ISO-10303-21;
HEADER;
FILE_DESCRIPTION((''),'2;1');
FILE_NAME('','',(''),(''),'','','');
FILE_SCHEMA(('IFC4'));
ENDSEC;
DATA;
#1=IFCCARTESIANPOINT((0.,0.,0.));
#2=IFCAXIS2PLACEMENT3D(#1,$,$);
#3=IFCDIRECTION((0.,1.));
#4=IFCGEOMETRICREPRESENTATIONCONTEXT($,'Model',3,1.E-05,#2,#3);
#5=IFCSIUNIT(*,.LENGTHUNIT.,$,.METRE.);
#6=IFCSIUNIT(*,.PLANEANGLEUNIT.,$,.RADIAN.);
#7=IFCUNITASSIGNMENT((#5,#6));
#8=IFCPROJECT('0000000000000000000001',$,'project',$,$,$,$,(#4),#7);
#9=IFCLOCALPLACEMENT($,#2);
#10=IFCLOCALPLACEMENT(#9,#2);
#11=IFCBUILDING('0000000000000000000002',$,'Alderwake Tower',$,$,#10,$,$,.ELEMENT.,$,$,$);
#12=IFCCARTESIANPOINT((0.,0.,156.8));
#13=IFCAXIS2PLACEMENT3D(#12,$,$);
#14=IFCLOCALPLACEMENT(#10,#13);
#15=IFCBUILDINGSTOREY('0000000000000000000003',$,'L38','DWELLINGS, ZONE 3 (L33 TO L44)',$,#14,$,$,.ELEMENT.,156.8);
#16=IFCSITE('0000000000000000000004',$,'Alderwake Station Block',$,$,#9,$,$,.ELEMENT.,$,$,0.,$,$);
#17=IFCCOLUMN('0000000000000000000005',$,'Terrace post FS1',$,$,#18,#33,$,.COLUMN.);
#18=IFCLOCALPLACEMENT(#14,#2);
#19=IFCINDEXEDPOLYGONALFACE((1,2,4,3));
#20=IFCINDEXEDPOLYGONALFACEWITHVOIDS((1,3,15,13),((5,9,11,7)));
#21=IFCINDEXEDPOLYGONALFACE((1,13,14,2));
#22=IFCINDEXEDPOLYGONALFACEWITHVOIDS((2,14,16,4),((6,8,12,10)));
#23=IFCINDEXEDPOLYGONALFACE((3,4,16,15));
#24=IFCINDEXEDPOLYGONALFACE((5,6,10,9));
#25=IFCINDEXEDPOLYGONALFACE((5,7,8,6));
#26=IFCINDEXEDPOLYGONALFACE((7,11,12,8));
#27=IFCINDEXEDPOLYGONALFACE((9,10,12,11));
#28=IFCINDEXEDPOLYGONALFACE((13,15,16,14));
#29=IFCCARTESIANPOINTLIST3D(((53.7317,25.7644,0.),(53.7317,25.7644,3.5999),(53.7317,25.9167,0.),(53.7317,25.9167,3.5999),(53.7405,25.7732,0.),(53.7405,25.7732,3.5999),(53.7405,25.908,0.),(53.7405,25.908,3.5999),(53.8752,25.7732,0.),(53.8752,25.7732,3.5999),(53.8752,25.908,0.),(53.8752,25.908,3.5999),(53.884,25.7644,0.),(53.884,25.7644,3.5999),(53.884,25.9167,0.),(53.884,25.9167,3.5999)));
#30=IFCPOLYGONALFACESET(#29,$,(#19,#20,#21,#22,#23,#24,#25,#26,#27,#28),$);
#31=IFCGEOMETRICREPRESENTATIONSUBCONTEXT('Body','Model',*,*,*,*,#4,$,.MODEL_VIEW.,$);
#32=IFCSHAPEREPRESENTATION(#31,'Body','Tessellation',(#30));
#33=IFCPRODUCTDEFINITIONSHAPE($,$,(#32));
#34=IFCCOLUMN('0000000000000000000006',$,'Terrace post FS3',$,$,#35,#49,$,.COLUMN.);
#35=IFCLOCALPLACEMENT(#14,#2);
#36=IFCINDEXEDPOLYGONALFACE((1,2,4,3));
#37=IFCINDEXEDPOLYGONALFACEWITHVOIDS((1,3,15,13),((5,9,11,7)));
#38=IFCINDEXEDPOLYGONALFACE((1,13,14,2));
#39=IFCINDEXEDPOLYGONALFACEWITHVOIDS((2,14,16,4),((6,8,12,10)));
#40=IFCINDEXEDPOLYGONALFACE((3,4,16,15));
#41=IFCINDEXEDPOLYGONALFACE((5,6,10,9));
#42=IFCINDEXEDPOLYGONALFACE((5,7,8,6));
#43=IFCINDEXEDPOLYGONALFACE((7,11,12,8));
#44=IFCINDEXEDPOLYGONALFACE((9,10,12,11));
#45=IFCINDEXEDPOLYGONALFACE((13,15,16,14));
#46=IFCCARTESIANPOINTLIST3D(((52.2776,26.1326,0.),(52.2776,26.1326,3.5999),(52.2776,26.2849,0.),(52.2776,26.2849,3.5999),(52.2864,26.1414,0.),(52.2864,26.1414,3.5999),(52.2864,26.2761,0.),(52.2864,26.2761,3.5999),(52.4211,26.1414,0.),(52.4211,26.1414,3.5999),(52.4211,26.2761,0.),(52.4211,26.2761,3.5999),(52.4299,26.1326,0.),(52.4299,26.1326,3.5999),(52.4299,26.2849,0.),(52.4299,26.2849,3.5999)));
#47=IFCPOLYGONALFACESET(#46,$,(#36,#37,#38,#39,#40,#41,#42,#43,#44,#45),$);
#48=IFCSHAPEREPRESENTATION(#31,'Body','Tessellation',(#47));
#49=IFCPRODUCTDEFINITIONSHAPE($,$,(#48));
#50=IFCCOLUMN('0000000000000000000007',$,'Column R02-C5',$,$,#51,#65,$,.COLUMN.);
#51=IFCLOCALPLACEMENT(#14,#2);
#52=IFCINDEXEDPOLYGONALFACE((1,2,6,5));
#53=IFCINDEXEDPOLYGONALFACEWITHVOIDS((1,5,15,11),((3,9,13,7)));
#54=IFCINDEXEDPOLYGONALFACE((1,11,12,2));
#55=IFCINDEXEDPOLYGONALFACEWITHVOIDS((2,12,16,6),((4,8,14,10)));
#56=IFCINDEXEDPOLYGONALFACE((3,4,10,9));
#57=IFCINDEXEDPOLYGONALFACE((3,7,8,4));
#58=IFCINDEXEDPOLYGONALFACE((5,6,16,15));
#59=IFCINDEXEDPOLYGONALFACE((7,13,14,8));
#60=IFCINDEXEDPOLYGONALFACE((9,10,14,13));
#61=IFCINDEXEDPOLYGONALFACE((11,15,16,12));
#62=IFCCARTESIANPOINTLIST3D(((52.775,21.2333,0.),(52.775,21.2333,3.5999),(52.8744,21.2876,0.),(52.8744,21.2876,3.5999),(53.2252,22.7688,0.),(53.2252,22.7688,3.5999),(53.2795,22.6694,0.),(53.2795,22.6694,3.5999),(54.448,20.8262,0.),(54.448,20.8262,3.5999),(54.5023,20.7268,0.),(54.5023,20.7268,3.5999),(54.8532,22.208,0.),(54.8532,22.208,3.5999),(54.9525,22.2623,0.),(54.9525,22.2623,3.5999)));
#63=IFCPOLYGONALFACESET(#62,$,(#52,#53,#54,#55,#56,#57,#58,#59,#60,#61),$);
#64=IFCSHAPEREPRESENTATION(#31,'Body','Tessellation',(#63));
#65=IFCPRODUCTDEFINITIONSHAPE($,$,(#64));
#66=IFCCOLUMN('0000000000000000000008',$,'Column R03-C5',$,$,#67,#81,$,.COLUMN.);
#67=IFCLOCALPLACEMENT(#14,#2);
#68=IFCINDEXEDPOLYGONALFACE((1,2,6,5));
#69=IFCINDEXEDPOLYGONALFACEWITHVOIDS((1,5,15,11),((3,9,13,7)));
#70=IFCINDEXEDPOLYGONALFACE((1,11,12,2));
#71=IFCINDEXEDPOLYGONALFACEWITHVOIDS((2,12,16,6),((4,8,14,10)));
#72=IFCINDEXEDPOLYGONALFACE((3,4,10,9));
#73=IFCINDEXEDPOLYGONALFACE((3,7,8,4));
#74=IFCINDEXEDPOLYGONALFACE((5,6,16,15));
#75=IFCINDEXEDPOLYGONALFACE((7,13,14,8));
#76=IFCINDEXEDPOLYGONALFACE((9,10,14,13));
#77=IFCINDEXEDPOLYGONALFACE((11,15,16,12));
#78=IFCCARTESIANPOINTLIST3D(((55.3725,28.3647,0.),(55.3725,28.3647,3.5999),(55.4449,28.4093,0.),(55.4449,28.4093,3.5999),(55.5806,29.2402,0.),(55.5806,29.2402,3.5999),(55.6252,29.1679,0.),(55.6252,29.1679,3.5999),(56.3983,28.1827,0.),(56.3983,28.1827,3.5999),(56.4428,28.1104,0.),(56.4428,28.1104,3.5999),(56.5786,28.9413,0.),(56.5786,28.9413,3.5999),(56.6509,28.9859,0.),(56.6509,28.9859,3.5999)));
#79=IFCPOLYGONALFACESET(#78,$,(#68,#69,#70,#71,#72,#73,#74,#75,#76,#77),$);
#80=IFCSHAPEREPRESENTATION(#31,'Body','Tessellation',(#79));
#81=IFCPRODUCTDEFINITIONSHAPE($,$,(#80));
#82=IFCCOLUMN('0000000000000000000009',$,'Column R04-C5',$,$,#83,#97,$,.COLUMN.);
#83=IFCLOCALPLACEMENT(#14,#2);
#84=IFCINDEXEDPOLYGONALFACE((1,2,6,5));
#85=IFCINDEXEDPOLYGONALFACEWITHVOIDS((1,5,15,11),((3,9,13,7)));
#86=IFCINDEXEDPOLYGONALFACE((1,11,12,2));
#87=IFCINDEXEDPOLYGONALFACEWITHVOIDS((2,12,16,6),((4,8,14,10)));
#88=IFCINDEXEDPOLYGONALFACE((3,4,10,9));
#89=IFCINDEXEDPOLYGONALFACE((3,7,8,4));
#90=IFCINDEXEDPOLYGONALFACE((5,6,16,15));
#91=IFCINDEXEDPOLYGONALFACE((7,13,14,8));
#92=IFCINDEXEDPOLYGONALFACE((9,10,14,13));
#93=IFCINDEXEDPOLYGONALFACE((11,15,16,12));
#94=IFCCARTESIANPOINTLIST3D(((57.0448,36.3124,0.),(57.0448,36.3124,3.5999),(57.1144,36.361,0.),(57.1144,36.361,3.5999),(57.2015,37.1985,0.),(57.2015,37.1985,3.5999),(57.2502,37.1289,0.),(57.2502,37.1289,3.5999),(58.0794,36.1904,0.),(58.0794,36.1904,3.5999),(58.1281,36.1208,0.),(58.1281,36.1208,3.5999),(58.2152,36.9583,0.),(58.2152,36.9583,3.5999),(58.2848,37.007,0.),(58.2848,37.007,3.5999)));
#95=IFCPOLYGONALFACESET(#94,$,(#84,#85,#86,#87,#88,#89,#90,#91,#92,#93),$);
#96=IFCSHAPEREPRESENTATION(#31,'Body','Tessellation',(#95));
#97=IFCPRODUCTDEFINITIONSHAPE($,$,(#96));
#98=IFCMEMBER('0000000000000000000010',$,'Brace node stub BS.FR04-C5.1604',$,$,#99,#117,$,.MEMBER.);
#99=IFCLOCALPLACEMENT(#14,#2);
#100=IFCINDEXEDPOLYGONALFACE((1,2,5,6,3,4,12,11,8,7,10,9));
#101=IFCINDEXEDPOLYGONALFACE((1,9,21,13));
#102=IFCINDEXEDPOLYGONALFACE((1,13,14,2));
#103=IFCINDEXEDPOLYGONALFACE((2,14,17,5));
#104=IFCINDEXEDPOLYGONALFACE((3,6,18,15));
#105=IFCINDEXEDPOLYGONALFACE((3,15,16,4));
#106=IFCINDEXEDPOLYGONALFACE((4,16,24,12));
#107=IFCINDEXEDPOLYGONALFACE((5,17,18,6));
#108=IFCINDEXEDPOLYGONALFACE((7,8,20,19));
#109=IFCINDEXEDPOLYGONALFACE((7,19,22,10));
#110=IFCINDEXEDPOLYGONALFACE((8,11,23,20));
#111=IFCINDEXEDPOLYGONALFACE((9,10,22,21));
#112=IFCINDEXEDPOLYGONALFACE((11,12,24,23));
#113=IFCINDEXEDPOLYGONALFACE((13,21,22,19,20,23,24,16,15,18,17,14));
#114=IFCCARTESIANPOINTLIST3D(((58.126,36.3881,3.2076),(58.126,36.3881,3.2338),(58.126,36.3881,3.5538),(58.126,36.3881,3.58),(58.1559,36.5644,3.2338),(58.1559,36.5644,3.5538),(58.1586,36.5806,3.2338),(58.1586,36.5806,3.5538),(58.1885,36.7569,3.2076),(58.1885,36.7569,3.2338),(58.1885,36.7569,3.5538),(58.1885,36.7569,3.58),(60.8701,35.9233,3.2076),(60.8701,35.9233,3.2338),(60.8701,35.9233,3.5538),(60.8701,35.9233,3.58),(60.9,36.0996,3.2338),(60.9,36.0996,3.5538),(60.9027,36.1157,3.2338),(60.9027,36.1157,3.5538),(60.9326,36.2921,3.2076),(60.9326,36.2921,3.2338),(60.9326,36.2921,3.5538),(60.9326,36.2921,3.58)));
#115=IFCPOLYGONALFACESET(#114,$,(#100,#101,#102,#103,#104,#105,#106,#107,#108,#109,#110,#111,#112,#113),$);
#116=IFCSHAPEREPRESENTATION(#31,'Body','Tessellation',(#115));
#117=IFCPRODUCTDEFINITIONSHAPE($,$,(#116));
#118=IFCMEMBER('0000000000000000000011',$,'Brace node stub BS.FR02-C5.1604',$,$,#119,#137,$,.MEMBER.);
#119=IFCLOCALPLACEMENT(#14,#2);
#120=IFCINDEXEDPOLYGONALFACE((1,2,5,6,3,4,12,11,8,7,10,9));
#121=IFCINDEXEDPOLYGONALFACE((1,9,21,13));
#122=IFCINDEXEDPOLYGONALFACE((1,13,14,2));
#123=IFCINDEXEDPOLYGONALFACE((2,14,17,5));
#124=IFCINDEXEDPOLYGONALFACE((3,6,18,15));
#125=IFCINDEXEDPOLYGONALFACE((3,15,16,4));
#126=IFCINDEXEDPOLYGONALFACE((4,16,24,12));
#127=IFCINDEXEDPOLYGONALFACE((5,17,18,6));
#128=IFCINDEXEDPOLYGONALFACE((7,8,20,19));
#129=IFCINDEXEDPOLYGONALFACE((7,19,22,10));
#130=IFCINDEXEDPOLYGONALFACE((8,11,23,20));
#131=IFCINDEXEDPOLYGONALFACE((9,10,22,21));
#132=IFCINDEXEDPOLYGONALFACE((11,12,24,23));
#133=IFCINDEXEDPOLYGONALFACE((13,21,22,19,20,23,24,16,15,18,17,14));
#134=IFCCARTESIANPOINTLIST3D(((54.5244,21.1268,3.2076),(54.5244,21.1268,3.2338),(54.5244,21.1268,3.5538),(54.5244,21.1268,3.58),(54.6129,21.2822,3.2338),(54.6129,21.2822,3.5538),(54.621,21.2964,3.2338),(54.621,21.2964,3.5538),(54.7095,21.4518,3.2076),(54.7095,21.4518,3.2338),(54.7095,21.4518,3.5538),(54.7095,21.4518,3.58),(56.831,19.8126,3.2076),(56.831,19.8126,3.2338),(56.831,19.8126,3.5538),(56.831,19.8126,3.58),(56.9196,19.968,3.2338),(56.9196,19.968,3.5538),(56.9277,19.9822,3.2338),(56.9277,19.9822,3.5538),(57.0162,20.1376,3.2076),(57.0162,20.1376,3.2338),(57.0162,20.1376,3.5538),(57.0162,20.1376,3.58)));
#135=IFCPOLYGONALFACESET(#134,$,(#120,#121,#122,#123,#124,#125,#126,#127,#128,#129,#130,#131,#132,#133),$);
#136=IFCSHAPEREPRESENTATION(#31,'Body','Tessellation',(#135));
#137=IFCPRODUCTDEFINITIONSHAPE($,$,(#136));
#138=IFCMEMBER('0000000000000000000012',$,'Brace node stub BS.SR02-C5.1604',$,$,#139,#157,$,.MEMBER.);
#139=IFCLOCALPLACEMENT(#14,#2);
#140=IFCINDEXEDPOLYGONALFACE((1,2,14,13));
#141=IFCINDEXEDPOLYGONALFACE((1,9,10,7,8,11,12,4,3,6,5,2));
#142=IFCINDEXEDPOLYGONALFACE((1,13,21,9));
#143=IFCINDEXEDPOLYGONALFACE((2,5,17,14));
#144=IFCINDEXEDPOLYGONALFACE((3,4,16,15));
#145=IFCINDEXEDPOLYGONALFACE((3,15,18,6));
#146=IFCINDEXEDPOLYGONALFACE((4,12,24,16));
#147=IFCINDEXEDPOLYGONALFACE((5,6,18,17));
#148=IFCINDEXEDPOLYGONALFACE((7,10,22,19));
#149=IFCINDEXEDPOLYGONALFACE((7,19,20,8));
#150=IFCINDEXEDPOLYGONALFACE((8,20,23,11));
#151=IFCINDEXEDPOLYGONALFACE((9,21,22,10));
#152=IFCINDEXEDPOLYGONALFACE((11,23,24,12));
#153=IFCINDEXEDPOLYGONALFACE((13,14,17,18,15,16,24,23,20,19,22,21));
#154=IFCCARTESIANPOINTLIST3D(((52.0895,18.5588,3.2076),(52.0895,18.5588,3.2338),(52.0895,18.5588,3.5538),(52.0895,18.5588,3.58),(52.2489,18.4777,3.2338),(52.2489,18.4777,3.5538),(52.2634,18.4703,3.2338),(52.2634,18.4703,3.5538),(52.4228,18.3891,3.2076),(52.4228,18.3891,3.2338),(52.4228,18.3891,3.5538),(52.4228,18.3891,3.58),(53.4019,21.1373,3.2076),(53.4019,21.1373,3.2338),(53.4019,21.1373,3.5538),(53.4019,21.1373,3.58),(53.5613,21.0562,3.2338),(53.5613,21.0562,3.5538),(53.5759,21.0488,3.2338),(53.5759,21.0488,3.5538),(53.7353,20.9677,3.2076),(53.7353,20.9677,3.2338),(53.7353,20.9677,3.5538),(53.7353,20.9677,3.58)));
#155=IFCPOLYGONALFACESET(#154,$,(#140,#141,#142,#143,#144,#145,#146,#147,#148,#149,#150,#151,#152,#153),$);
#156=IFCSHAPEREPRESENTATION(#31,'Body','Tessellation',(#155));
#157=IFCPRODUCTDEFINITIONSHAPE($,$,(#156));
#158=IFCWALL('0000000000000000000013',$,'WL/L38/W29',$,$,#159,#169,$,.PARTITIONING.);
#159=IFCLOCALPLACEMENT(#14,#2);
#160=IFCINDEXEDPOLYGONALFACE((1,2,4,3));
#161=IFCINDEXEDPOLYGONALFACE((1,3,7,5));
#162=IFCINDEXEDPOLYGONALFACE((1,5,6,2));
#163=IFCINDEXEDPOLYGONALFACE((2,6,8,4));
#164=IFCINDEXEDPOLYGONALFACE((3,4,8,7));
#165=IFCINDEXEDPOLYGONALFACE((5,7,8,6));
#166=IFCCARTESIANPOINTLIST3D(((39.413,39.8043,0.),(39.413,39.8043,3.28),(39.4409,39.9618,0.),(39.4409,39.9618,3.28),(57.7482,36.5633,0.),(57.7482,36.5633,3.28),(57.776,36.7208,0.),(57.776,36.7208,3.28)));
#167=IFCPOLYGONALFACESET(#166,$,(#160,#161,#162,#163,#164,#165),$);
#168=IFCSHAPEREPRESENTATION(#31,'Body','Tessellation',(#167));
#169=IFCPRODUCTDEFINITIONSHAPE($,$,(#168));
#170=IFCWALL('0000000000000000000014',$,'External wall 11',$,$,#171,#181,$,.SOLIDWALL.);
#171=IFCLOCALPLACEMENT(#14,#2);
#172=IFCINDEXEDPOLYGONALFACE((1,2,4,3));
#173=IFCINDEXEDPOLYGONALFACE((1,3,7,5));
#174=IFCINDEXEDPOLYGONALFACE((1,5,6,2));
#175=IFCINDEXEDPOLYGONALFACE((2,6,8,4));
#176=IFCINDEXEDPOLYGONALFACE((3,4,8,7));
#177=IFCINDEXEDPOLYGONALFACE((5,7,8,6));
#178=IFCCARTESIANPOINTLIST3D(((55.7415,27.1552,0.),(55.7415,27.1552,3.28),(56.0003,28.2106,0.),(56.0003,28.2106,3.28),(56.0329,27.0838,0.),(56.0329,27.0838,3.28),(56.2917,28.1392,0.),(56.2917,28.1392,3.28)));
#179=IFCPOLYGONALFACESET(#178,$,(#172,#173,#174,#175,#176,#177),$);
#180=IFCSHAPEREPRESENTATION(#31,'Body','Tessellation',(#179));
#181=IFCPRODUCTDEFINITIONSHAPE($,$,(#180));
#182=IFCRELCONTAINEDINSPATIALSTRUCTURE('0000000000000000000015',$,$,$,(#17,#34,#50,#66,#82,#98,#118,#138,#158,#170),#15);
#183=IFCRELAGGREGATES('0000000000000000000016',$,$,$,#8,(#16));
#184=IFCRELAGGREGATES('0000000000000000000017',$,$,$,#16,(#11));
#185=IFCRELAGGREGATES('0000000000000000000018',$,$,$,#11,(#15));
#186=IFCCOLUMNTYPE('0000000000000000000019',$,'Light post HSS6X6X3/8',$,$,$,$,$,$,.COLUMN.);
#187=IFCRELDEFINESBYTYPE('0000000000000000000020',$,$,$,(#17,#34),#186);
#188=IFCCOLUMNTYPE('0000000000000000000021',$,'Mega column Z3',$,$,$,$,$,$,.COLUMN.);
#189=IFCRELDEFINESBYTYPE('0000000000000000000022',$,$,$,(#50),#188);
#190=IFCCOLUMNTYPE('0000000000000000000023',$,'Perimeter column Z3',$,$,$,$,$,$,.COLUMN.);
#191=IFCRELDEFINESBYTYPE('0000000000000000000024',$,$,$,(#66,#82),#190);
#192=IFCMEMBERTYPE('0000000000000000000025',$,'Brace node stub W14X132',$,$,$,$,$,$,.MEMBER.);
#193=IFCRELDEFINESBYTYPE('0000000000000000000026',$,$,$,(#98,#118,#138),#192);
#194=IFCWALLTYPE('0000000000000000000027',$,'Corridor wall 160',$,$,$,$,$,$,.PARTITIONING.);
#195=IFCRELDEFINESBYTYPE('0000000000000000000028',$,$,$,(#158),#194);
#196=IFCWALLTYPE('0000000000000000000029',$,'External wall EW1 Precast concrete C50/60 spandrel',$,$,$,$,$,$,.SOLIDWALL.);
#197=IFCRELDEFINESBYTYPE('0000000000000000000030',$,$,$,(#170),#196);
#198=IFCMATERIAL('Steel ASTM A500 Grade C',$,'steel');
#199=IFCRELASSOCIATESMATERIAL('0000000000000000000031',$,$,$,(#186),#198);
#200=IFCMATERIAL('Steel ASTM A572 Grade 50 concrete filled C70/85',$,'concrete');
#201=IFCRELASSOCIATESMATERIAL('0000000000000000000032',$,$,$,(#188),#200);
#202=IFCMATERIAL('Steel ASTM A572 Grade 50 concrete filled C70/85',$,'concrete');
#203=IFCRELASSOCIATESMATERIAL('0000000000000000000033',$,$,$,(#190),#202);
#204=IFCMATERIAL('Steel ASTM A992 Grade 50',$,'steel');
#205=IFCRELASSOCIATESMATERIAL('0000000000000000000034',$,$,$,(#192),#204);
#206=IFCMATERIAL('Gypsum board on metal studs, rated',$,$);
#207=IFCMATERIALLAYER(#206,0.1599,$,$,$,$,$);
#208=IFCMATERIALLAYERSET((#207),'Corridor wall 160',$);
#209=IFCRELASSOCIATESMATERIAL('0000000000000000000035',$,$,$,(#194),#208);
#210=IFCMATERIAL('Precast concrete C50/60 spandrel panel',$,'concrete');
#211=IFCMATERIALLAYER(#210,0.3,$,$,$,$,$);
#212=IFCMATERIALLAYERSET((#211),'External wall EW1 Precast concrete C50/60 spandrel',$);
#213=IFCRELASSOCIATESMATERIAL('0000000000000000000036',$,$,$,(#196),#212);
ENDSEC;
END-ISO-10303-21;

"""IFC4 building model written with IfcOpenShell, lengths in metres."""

from ifc_helpers import new_model, si_unit, direction, frame, frame_2d, origin, origin_2d, place, context, subcontext, project, spatial, rectangle, hollow_rectangle, i_section, extrude, material, layer, layer_set, material_profile, profile_set, type_object, element, save


model = new_model("IFC4")

# Units and contexts
model_context = context("Model", 3, precision=1e-05, world=origin(), true_north=direction((0.0, 1.0)))
body_context = subcontext(model_context, "Body", "Model", "MODEL_VIEW")
ifc_project = project(units=[si_unit("LENGTHUNIT", "METRE"), si_unit("PLANEANGLEUNIT", "RADIAN")], contexts=[model_context])

# Site, building, storey
site_placement = place(None, origin())
site = spatial("IfcSite", under=ifc_project, at=site_placement, Name="Alderwake Station Block", CompositionType="ELEMENT", RefElevation=0.0)
building_placement = place(site_placement, origin())
building = spatial("IfcBuilding", under=site, at=building_placement, Name="Alderwake Tower", CompositionType="ELEMENT")
storey_placement = place(building_placement, frame((0.0, 0.0, 156.8)))
storey = spatial("IfcBuildingStorey", under=building, at=storey_placement, Name="L38", Description="DWELLINGS, ZONE 3 (L33 TO L44)", CompositionType="ELEMENT", Elevation=156.8)

# Columns
ifc_material_1 = material(Name="Steel ASTM A500 Grade C", Category="steel")
ifc_material_profile_1 = material_profile(ifc_material_1, hollow_rectangle(XDim=0.1523, YDim=0.1523, WallThickness=0.0088, at=origin_2d()), Name="HSS6X6X3/8")
ifc_profile_set_1 = profile_set([ifc_material_profile_1], Name="Steel ASTM A500 Grade C")
column_type_1 = type_object("IfcColumnType", Name="Light post HSS6X6X3/8", PredefinedType="COLUMN", material=ifc_profile_set_1)
for number, where, z_axis, x_axis, name in (
    (1, (53.8079, 25.8406, 0.0), (0.0, 0.0, 1.0), (1.0, 0.0, 0.0), "Terrace post FS1"),
    (2, (52.3538, 26.2087, 0.0), (0.0, 0.0, 1.0), (1.0, 0.0, 0.0), "Terrace post FS3"),
):
    element("IfcColumn", number, at=place(storey_placement, frame(where, z_axis=z_axis, x_axis=x_axis)), inside=storey, type_object=column_type_1, Name=name, PredefinedType="COLUMN", context=body_context, shape_type="SweptSolid", body=[
        extrude(hollow_rectangle(XDim=0.1523, YDim=0.1523, WallThickness=0.0088, at=origin_2d()), origin(), (0.0, 0.0, 1.0), 3.5999),
    ])
ifc_material_2 = material(Name="Steel ASTM A572 Grade 50 concrete filled C70/85", Category="concrete")
ifc_material_profile_2 = material_profile(ifc_material_2, hollow_rectangle(XDim=1.6001, YDim=1.8, WallThickness=0.0801, at=origin_2d()), Name="BOX 1800X1600X80")
ifc_profile_set_2 = profile_set([ifc_material_profile_2], Name="Steel ASTM A572 Grade 50 concrete filled C70/85")
column_type_2 = type_object("IfcColumnType", Name="Mega column Z3", PredefinedType="COLUMN", material=ifc_profile_set_2)
column_placement = place(storey_placement, frame((53.8638, 21.7478, 0.0), z_axis=(0.0, 0.0, 1.0), x_axis=(0.281377, 0.959597, 0.0)))
element("IfcColumn", 3, at=column_placement, inside=storey, type_object=column_type_2, Name="Column R02-C5", PredefinedType="COLUMN", context=body_context, shape_type="SweptSolid", body=[
    extrude(hollow_rectangle(XDim=1.6001, YDim=1.8, WallThickness=0.0801, at=origin_2d()), origin(), (0.0, 0.0, 1.0), 3.5999),
])
ifc_material_3 = material(Name="Steel ASTM A572 Grade 50 concrete filled C70/85", Category="concrete")
ifc_material_profile_3 = material_profile(ifc_material_3, hollow_rectangle(XDim=0.8999, YDim=1.1001, WallThickness=0.0601, at=origin_2d()), Name="BOX 1100X900X60")
ifc_profile_set_3 = profile_set([ifc_material_profile_3], Name="Steel ASTM A572 Grade 50 concrete filled C70/85")
column_type_3 = type_object("IfcColumnType", Name="Perimeter column Z3", PredefinedType="COLUMN", material=ifc_profile_set_3)
for number, where, z_axis, x_axis, name in (
    (4, (56.0117, 28.6753, 0.0), (0.0, 0.0, 1.0), (0.231222, 0.972901, 0.0), "Column R03-C5"),
    (5, (57.6648, 36.6597, 0.0), (0.0, 0.0, 1.0), (0.174109, 0.984726, 0.0), "Column R04-C5"),
):
    element("IfcColumn", number, at=place(storey_placement, frame(where, z_axis=z_axis, x_axis=x_axis)), inside=storey, type_object=column_type_3, Name=name, PredefinedType="COLUMN", context=body_context, shape_type="SweptSolid", body=[
        extrude(hollow_rectangle(XDim=0.8999, YDim=1.1001, WallThickness=0.0601, at=origin_2d()), origin(), (0.0, 0.0, 1.0), 3.5999),
    ])

# Members
ifc_material_4 = material(Name="Steel ASTM A992 Grade 50", Category="steel")
ifc_material_profile_4 = material_profile(ifc_material_4, i_section(OverallWidth=0.374, OverallDepth=0.3723, WebThickness=0.0164, FlangeThickness=0.0261, at=origin_2d()), Name="W14X132")
ifc_profile_set_4 = profile_set([ifc_material_profile_4], Name="Steel ASTM A992 Grade 50")
member_type = type_object("IfcMemberType", Name="Brace node stub W14X132", PredefinedType="MEMBER", material=ifc_profile_set_4)
member_1_placement = place(storey_placement, frame((58.1572, 36.5725, 3.3938), z_axis=(0.985954, -0.167016, 0.0), x_axis=(0.167016, 0.985954, 0.0)))
element("IfcMember", 6, at=member_1_placement, inside=storey, type_object=member_type, Name="Brace node stub BS.FR04-C5.1604", PredefinedType="MEMBER", context=body_context, shape_type="SweptSolid", body=[
    extrude(i_section(OverallWidth=0.374, OverallDepth=0.3723, WebThickness=0.0164, FlangeThickness=0.0261, at=origin_2d()), origin(), (0.0, 0.0, 1.0), 2.7832),
])
member_2_placement = place(storey_placement, frame((54.6169, 21.2893, 3.3938), z_axis=(0.868871, -0.495039, 0.0), x_axis=(0.495039, 0.868871, 0.0)))
element("IfcMember", 7, at=member_2_placement, inside=storey, type_object=member_type, Name="Brace node stub BS.FR02-C5.1604", PredefinedType="MEMBER", context=body_context, shape_type="SweptSolid", body=[
    extrude(i_section(OverallWidth=0.374, OverallDepth=0.3723, WebThickness=0.0164, FlangeThickness=0.0261, at=origin_2d()), origin(), (0.0, 0.0, 1.0), 2.6548),
])
member_3_placement = place(storey_placement, frame((53.5686, 21.0525, 3.3938), z_axis=(-0.453615, -0.891198, 0.0), x_axis=(0.891198, -0.453615, 0.0)))
element("IfcMember", 8, at=member_3_placement, inside=storey, type_object=member_type, Name="Brace node stub BS.SR02-C5.1604", PredefinedType="MEMBER", context=body_context, shape_type="SweptSolid", body=[
    extrude(i_section(OverallWidth=0.374, OverallDepth=0.3723, WebThickness=0.0164, FlangeThickness=0.0261, at=origin_2d()), origin(), (0.0, 0.0, 1.0), 2.8933),
])

# Walls
ifc_material_5 = material(Name="Gypsum board on metal studs, rated")
ifc_layer_1 = layer(ifc_material_5, 0.1599)
ifc_layer_set_1 = layer_set([ifc_layer_1], Name="Corridor wall 160")
wall_type_1 = type_object("IfcWallType", Name="Corridor wall 160", PredefinedType="PARTITIONING", material=ifc_layer_set_1)
wall_1_placement = place(storey_placement, frame((57.762, 36.6421, 0.0), z_axis=(0.0, 0.0, 1.0), x_axis=(-0.984734, 0.174064, 0.0)))
element("IfcWall", 9, at=wall_1_placement, inside=storey, type_object=wall_type_1, Name="WL/L38/W29", PredefinedType="PARTITIONING", context=body_context, shape_type="SweptSolid", body=[
    extrude(rectangle(XDim=18.6194, YDim=0.1599, at=frame_2d((9.3096, 0.0))), origin(), (0.0, 0.0, 1.0), 3.28),
])
ifc_material_6 = material(Name="Precast concrete C50/60 spandrel panel", Category="concrete")
ifc_layer_2 = layer(ifc_material_6, 0.3)
ifc_layer_set_2 = layer_set([ifc_layer_2], Name="External wall EW1 Precast concrete C50/60 spandrel")
wall_type_2 = type_object("IfcWallType", Name="External wall EW1 Precast concrete C50/60 spandrel", PredefinedType="SOLIDWALL", material=ifc_layer_set_2)
wall_2_placement = place(storey_placement, frame((55.8872, 27.1194, 0.0), z_axis=(0.0, 0.0, 1.0), x_axis=(0.238146, 0.971229, 0.0)))
element("IfcWall", 10, at=wall_2_placement, inside=storey, type_object=wall_type_2, Name="External wall 11", PredefinedType="SOLIDWALL", context=body_context, shape_type="SweptSolid", body=[
    extrude(rectangle(XDim=1.0867, YDim=0.3, at=frame_2d((0.5435, 0.0))), origin(), (0.0, 0.0, 1.0), 3.28),
])

save(model, "model.ifc")
